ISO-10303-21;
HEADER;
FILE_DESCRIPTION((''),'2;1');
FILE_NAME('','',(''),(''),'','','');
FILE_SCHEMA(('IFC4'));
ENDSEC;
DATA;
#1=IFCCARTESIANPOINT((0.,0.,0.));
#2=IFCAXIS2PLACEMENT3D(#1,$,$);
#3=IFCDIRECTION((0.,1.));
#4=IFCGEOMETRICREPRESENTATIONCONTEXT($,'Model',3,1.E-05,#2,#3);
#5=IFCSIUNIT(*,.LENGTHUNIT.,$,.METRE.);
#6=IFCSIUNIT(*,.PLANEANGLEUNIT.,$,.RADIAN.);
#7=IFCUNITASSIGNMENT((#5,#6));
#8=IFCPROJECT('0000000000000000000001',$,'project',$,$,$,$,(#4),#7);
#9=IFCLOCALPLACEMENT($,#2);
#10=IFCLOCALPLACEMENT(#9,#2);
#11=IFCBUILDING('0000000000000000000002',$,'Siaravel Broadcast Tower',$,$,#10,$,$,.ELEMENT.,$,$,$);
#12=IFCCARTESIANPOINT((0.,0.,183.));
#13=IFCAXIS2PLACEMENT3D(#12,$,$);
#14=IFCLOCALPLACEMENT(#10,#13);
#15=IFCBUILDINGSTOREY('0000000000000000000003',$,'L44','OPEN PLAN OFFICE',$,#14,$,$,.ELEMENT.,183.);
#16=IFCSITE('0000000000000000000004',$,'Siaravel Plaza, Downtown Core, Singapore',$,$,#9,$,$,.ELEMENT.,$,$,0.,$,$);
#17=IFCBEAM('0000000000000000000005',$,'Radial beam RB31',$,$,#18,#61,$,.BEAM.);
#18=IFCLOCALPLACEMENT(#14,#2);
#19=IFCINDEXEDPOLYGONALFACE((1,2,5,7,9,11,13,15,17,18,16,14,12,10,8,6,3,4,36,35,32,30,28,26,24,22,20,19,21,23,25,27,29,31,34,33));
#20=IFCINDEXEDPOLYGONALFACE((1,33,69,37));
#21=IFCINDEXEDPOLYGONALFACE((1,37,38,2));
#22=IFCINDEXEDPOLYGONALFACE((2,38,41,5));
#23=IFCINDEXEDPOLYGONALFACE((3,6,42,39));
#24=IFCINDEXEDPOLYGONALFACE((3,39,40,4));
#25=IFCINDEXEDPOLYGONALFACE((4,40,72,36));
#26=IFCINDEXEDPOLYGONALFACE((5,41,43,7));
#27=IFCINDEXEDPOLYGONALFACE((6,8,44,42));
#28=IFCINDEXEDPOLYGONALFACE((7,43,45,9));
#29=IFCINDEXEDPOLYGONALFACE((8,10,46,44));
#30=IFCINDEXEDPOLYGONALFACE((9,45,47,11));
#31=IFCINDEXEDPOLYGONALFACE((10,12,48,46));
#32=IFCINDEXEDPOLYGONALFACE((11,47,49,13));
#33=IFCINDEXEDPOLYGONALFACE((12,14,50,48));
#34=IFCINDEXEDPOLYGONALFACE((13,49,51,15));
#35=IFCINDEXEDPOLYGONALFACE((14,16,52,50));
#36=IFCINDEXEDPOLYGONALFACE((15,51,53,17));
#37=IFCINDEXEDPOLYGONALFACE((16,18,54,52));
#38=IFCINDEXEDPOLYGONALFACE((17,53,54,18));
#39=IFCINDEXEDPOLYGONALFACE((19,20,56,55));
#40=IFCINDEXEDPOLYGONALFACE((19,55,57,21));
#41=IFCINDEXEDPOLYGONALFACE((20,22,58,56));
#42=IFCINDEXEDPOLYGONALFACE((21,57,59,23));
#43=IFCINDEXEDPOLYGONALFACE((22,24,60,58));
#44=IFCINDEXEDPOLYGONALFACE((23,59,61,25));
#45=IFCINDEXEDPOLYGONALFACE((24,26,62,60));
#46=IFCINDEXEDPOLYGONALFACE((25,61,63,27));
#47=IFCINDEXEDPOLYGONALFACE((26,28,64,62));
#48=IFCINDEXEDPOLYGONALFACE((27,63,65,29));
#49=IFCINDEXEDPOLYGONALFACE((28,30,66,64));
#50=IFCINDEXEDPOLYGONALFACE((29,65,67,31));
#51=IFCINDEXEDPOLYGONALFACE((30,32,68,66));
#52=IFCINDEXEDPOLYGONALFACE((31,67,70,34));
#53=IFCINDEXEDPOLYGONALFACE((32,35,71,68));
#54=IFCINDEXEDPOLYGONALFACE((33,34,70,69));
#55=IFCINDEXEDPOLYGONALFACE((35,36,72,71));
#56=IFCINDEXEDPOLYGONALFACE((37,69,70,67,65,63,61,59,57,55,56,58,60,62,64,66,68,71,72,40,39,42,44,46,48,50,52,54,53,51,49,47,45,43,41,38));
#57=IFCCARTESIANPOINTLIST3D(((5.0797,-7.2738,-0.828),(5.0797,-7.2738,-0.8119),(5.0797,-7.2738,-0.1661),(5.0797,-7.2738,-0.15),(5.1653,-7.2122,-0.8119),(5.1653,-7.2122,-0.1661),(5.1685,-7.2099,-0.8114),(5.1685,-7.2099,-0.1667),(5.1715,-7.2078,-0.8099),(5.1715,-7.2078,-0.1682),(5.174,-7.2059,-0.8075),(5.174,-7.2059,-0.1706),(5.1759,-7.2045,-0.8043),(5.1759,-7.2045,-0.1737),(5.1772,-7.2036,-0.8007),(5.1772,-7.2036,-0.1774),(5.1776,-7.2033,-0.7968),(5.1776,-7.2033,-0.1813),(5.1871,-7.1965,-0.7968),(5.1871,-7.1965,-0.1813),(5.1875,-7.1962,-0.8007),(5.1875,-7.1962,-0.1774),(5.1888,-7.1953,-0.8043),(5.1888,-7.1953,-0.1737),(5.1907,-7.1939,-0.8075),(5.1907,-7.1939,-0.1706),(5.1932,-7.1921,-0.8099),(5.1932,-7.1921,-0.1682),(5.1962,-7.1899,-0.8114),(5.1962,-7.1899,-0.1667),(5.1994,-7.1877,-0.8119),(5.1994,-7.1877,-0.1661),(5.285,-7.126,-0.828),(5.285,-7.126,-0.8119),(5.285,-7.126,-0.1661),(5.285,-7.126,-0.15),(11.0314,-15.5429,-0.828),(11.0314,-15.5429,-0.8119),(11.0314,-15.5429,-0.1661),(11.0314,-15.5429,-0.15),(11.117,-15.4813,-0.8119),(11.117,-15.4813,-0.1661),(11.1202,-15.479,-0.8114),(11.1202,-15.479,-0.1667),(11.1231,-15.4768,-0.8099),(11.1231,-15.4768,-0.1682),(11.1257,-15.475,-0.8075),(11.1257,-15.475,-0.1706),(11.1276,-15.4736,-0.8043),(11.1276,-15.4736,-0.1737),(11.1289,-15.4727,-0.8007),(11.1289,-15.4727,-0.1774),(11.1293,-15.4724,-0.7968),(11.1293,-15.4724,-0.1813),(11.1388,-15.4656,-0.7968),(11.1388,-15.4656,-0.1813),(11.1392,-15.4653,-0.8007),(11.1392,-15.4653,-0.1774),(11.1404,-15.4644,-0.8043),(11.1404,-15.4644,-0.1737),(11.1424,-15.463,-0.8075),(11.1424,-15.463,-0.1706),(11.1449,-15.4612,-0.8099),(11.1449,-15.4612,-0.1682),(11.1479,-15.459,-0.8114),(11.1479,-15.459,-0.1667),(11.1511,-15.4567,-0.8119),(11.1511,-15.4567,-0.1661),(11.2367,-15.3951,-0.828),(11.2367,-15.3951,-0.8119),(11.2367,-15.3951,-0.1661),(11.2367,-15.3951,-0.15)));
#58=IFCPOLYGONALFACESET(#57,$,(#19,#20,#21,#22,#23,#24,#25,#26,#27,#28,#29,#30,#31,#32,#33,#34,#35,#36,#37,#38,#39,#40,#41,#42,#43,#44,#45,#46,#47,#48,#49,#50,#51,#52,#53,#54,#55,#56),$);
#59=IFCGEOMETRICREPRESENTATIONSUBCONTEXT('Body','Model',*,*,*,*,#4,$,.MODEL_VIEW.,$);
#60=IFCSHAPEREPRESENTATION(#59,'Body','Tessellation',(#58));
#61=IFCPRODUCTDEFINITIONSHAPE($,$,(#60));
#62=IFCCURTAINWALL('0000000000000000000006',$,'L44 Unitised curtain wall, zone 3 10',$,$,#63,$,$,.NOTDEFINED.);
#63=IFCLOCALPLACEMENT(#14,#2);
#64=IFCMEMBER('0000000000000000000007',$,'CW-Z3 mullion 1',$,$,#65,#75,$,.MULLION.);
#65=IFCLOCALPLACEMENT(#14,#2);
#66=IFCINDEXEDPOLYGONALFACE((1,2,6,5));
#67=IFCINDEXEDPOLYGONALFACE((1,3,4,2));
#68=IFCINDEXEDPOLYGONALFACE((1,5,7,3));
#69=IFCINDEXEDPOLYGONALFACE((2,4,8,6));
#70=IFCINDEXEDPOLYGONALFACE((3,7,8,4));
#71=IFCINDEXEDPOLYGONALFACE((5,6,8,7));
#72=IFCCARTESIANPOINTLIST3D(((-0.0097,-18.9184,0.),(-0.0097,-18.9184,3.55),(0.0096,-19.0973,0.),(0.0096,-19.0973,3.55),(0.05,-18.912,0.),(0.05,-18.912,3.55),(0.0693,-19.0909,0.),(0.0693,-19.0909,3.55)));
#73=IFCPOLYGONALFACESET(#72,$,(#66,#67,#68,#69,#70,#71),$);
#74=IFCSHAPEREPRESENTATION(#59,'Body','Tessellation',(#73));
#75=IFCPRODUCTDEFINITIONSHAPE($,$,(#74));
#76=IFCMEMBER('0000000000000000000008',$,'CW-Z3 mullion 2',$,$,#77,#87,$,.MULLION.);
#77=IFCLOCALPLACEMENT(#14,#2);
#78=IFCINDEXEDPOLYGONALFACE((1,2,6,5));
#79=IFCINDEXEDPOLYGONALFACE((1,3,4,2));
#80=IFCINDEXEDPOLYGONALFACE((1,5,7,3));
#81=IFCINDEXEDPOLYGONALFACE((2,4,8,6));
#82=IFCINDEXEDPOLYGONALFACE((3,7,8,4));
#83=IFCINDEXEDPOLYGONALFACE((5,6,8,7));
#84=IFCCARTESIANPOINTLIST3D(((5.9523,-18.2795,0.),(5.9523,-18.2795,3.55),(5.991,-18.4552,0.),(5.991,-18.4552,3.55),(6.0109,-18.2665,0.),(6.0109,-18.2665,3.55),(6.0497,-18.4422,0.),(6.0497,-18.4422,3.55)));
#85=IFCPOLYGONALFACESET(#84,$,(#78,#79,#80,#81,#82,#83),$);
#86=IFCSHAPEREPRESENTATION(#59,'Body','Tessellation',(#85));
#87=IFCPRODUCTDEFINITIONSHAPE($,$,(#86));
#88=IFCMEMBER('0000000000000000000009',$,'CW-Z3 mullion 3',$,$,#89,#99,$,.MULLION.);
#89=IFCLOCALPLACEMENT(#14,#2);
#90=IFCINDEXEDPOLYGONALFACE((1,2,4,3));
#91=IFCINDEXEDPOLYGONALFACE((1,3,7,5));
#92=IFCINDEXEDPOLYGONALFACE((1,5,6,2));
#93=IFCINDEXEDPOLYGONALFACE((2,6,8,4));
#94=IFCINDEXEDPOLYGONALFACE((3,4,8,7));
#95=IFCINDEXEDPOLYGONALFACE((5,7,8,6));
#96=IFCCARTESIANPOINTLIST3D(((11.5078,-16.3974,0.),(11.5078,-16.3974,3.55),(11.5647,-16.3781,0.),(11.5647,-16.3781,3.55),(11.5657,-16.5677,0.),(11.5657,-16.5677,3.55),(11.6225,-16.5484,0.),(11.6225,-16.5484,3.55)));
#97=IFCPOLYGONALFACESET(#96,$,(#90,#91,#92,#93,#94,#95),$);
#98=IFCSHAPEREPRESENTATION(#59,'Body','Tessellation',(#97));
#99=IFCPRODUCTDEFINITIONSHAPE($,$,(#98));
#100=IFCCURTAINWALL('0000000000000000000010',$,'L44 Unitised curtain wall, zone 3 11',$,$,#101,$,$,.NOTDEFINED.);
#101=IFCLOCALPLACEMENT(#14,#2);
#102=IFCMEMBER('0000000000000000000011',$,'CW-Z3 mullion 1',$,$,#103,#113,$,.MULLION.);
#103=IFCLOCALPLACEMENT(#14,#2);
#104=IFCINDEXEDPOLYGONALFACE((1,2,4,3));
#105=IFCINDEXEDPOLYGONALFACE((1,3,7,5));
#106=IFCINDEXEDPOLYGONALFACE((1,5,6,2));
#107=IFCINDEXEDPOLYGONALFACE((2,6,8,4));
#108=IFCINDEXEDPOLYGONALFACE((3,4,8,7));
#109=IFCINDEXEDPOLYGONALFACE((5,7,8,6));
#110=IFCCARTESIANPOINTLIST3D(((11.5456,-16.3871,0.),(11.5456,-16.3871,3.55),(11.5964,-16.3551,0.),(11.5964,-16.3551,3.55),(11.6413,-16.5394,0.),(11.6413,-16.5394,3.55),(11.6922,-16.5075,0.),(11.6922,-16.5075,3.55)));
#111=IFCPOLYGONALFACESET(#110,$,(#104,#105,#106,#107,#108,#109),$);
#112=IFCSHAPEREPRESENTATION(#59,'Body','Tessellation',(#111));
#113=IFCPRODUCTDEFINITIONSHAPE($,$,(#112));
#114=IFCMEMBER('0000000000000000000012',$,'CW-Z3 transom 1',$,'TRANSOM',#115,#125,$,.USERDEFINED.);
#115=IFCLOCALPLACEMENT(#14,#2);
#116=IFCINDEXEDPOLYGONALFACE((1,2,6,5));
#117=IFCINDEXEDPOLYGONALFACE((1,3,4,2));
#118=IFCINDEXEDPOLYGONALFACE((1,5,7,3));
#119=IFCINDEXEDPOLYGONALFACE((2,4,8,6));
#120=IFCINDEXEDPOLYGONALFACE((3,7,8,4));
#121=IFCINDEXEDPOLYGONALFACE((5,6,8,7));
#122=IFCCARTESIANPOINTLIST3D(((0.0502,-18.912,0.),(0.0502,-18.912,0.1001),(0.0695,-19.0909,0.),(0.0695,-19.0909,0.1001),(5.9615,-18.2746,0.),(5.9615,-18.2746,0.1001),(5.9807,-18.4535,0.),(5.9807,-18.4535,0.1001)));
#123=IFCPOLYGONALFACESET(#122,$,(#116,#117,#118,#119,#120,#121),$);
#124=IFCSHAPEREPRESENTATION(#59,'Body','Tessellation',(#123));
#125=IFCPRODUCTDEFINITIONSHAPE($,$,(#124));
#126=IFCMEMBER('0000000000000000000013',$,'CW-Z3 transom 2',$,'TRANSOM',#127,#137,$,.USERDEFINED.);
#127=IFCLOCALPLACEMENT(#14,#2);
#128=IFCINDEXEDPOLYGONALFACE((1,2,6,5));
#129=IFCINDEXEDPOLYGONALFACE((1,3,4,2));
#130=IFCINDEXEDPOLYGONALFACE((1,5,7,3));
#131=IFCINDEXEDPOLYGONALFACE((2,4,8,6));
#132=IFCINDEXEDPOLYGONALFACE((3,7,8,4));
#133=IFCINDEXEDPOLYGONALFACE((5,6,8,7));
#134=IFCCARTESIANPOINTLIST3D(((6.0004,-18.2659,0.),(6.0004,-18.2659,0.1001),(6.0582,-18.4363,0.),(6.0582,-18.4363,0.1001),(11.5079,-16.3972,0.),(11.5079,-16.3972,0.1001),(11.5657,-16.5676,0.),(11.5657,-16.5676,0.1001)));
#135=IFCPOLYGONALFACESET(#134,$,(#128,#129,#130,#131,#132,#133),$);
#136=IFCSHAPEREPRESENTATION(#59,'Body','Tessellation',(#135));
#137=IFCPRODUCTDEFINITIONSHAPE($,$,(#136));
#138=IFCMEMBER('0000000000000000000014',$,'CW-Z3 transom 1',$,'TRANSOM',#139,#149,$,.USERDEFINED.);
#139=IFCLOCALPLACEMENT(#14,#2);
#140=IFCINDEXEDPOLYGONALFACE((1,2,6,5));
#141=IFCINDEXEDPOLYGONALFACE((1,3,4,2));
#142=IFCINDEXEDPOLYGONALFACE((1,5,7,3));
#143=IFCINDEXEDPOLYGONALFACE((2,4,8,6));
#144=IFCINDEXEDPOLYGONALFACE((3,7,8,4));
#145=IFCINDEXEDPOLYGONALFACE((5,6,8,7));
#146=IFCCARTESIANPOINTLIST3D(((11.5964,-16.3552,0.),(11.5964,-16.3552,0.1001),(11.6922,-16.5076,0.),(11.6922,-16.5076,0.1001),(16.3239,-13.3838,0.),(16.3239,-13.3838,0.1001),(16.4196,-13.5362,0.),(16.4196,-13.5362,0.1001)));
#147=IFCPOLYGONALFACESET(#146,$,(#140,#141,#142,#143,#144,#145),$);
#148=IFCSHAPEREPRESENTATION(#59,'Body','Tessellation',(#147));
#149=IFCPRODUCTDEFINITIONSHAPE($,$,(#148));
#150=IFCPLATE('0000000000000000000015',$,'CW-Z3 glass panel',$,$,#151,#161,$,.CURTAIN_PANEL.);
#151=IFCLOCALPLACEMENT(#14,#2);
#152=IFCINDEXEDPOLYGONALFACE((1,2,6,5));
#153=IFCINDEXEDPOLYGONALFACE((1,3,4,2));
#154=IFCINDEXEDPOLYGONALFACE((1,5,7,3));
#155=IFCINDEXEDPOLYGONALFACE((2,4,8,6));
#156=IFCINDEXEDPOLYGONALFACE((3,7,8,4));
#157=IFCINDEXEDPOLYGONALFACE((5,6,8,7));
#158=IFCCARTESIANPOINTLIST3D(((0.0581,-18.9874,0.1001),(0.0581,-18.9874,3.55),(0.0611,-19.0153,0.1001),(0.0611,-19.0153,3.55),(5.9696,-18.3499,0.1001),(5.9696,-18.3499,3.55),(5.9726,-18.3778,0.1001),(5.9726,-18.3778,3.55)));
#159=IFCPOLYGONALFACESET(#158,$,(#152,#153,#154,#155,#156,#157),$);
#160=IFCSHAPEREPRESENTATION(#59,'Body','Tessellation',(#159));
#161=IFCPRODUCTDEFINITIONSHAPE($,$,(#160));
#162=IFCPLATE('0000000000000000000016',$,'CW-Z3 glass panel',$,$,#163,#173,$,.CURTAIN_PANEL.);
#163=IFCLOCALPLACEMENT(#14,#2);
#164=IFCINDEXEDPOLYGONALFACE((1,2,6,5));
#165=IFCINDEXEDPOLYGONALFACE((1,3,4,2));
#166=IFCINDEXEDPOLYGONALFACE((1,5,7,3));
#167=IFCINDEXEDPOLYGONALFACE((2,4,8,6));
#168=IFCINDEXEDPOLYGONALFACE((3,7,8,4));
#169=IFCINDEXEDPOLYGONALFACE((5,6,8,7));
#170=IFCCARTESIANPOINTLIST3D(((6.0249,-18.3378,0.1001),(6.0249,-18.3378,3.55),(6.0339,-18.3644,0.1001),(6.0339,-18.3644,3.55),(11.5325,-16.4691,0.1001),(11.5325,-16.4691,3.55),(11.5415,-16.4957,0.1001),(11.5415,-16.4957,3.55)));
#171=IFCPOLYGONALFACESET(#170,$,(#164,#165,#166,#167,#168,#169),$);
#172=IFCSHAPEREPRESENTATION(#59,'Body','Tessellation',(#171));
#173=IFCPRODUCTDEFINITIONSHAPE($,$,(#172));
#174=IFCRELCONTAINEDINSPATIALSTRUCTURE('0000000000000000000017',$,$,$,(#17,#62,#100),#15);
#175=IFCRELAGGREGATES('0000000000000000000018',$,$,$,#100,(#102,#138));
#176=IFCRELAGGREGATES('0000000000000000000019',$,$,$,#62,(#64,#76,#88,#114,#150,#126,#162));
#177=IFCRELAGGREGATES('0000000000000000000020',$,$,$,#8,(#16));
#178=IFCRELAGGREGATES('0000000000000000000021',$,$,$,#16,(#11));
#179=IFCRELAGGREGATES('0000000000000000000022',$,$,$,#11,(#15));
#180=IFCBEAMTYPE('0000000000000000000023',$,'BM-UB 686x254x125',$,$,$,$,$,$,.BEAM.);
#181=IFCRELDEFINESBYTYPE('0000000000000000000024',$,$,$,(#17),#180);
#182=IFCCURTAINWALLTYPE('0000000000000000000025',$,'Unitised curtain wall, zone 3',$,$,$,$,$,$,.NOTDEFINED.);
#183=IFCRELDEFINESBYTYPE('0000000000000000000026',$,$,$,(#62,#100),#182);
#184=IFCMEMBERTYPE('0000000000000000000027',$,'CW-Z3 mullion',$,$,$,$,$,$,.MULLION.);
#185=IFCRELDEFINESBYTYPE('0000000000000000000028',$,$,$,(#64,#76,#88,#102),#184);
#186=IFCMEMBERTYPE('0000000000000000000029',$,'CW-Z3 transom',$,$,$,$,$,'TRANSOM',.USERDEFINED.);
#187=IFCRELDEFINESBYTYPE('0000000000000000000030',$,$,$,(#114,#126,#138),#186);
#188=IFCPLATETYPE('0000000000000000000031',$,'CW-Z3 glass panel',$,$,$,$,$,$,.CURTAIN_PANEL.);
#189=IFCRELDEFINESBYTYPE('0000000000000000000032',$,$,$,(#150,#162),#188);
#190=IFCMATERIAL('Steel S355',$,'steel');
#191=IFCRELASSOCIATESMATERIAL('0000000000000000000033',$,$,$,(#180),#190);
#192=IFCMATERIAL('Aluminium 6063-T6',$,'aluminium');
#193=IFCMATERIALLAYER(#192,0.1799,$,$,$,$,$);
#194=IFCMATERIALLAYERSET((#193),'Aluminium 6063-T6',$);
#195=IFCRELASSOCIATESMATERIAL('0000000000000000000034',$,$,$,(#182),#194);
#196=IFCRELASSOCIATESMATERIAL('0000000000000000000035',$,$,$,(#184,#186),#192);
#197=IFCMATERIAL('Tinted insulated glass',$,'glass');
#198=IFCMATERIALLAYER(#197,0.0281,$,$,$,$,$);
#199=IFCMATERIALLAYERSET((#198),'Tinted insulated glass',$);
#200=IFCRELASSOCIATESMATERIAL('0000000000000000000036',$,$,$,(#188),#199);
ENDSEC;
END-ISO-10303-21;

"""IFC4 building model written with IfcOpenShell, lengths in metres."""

from ifc_helpers import new_model, si_unit, direction, frame, origin, origin_2d, place, context, subcontext, project, spatial, rectangle, i_section, extrude, material, layer, layer_set, material_profile, profile_set, type_object, element, aggregate, save


model = new_model("IFC4")

# Units and contexts
model_context = context("Model", 3, precision=1e-05, world=origin(), true_north=direction((0.0, 1.0)))
body_context = subcontext(model_context, "Body", "Model", "MODEL_VIEW")
ifc_project = project(units=[si_unit("LENGTHUNIT", "METRE"), si_unit("PLANEANGLEUNIT", "RADIAN")], contexts=[model_context])

# Site, building, storey
site_placement = place(None, origin())
site = spatial("IfcSite", under=ifc_project, at=site_placement, Name="Siaravel Plaza, Downtown Core, Singapore", CompositionType="ELEMENT", RefElevation=0.0)
building_placement = place(site_placement, origin())
building = spatial("IfcBuilding", under=site, at=building_placement, Name="Siaravel Broadcast Tower", CompositionType="ELEMENT")
storey_placement = place(building_placement, frame((0.0, 0.0, 183.0)))
storey = spatial("IfcBuildingStorey", under=building, at=storey_placement, Name="L44", Description="OPEN PLAN OFFICE", CompositionType="ELEMENT", Elevation=183.0)

# Beam
ifc_material_1 = material(Name="Steel S355", Category="steel")
ifc_material_profile_1 = material_profile(ifc_material_1, i_section(OverallWidth=0.2529, OverallDepth=0.678, WebThickness=0.0117, FlangeThickness=0.0161, FilletRadius=0.0151, at=origin_2d()))
ifc_profile_set_1 = profile_set([ifc_material_profile_1], Name="Steel S355")
beam_type = type_object("IfcBeamType", Name="BM-UB 686x254x125", PredefinedType="BEAM", material=ifc_profile_set_1)
beam_1_placement = place(storey_placement, frame((11.134, -15.469, -0.489), z_axis=(-0.584172, 0.81163, 0.0), x_axis=(-0.81163, -0.584172, 0.0)))
element("IfcBeam", 1, at=beam_1_placement, inside=storey, type_object=beam_type, Name="Radial beam RB31", PredefinedType="BEAM", context=body_context, shape_type="SweptSolid", body=[
    extrude(i_section(OverallWidth=0.2529, OverallDepth=0.678, WebThickness=0.0117, FlangeThickness=0.0161, FilletRadius=0.0151, at=origin_2d()), origin(), (0.0, 0.0, 1.0), 10.1882),
])

# Curtain wall, members
ifc_material_2 = material(Name="Aluminium 6063-T6", Category="aluminium")
ifc_layer_1 = layer(ifc_material_2, 0.1799)
ifc_layer_set_1 = layer_set([ifc_layer_1], Name="Aluminium 6063-T6")
curtain_wall_type = type_object("IfcCurtainWallType", Name="Unitised curtain wall, zone 3", PredefinedType="NOTDEFINED", material=ifc_layer_set_1)
curtain_wall_1_placement = place(storey_placement, origin())
curtain_wall_1 = element("IfcCurtainWall", 2, at=curtain_wall_1_placement, inside=storey, type_object=curtain_wall_type, Name="L44 Unitised curtain wall, zone 3 10", PredefinedType="NOTDEFINED")
ifc_material_profile_2 = material_profile(ifc_material_2, rectangle(XDim=0.1799, YDim=0.0601, at=origin_2d()))
ifc_profile_set_2 = profile_set([ifc_material_profile_2], Name="Aluminium 6063-T6")
member_type_1 = type_object("IfcMemberType", Name="CW-Z3 mullion", PredefinedType="MULLION", material=ifc_profile_set_2)
member_1_placement = place(storey_placement, frame((0.0298, -19.0046, 0.0), z_axis=(0.0, 0.0, 1.0), x_axis=(-0.107217, 0.994236, 0.0)))
member_1 = element("IfcMember", 3, at=member_1_placement, type_object=member_type_1, Name="CW-Z3 mullion 1", PredefinedType="MULLION", context=body_context, shape_type="SweptSolid", body=[
    extrude(rectangle(XDim=0.1799, YDim=0.0601, at=origin_2d()), origin(), (0.0, 0.0, 1.0), 3.55),
])
member_2_placement = place(storey_placement, frame((6.001, -18.3608, 0.0), z_axis=(0.0, 0.0, 1.0), x_axis=(-0.215558, 0.976491, 0.0)))
member_2 = element("IfcMember", 4, at=member_2_placement, type_object=member_type_1, Name="CW-Z3 mullion 2", PredefinedType="MULLION", context=body_context, shape_type="SweptSolid", body=[
    extrude(rectangle(XDim=0.1799, YDim=0.0601, at=origin_2d()), origin(), (0.0, 0.0, 1.0), 3.55),
])
member_3_placement = place(storey_placement, frame((11.5652, -16.4729, 0.0), z_axis=(0.0, 0.0, 1.0), x_axis=(-0.3213, 0.946977, 0.0)))
member_3 = element("IfcMember", 5, at=member_3_placement, type_object=member_type_1, Name="CW-Z3 mullion 3", PredefinedType="MULLION", context=body_context, shape_type="SweptSolid", body=[
    extrude(rectangle(XDim=0.1799, YDim=0.0601, at=origin_2d()), origin(), (0.0, 0.0, 1.0), 3.55),
])

# Curtain wall, member
curtain_wall_2_placement = place(storey_placement, origin())
curtain_wall_2 = element("IfcCurtainWall", 6, at=curtain_wall_2_placement, inside=storey, type_object=curtain_wall_type, Name="L44 Unitised curtain wall, zone 3 11", PredefinedType="NOTDEFINED")
member_4_placement = place(storey_placement, frame((11.6189, -16.4473, 0.0), z_axis=(0.0, 0.0, 1.0), x_axis=(-0.532149, 0.846651, 0.0)))
member_4 = element("IfcMember", 7, at=member_4_placement, type_object=member_type_1, Name="CW-Z3 mullion 1", PredefinedType="MULLION", context=body_context, shape_type="SweptSolid", body=[
    extrude(rectangle(XDim=0.1799, YDim=0.0601, at=origin_2d()), origin(), (0.0, 0.0, 1.0), 3.55),
])

# Members
ifc_material_profile_3 = material_profile(ifc_material_2, rectangle(XDim=0.1799, YDim=0.1001, at=origin_2d()))
ifc_profile_set_3 = profile_set([ifc_material_profile_3], Name="Aluminium 6063-T6")
member_type_2 = type_object("IfcMemberType", Name="CW-Z3 transom", ElementType="TRANSOM", PredefinedType="USERDEFINED", material=ifc_profile_set_3)
member_5_placement = place(storey_placement, frame((0.0598, -19.0015, 0.05), z_axis=(0.994236, 0.107213, 0.0), x_axis=(-0.107213, 0.994236, 0.0)))
member_5 = element("IfcMember", 8, at=member_5_placement, type_object=member_type_2, Name="CW-Z3 transom 1", ObjectType="TRANSOM", PredefinedType="USERDEFINED", context=body_context, shape_type="SweptSolid", body=[
    extrude(rectangle(XDim=0.1799, YDim=0.1001, at=origin_2d()), origin(), (0.0, 0.0, 1.0), 5.9456),
])
member_6_placement = place(storey_placement, frame((6.0293, -18.3511, 0.05), z_axis=(0.946978, 0.321298, 0.0), x_axis=(-0.321298, 0.946978, 0.0)))
member_6 = element("IfcMember", 9, at=member_6_placement, type_object=member_type_2, Name="CW-Z3 transom 2", ObjectType="TRANSOM", PredefinedType="USERDEFINED", context=body_context, shape_type="SweptSolid", body=[
    extrude(rectangle(XDim=0.1799, YDim=0.1001, at=origin_2d()), origin(), (0.0, 0.0, 1.0), 5.8159),
])
member_7_placement = place(storey_placement, frame((11.6443, -16.4314, 0.05), z_axis=(0.846649, 0.532151, 0.0), x_axis=(-0.532151, 0.846649, 0.0)))
member_7 = element("IfcMember", 10, at=member_7_placement, type_object=member_type_2, Name="CW-Z3 transom 1", ObjectType="TRANSOM", PredefinedType="USERDEFINED", context=body_context, shape_type="SweptSolid", body=[
    extrude(rectangle(XDim=0.1799, YDim=0.1001, at=origin_2d()), origin(), (0.0, 0.0, 1.0), 5.5837),
])
aggregate(curtain_wall_2, [member_4, member_7])

# Plates
ifc_material_3 = material(Name="Tinted insulated glass", Category="glass")
ifc_layer_2 = layer(ifc_material_3, 0.0281)
ifc_layer_set_2 = layer_set([ifc_layer_2], Name="Tinted insulated glass")
plate_type = type_object("IfcPlateType", Name="CW-Z3 glass panel", PredefinedType="CURTAIN_PANEL", material=ifc_layer_set_2)
plate_1_placement = place(storey_placement, frame((3.0154, -18.6826, 0.1001), z_axis=(0.0, 0.0, 1.0), x_axis=(0.994236, 0.107217, 0.0)))
plate_1 = element("IfcPlate", 11, at=plate_1_placement, type_object=plate_type, Name="CW-Z3 glass panel", PredefinedType="CURTAIN_PANEL", context=body_context, shape_type="SweptSolid", body=[
    extrude(rectangle(XDim=5.9458, YDim=0.0281, at=origin_2d()), origin(), (0.0, 0.0, 1.0), 3.45),
])
plate_2_placement = place(storey_placement, frame((8.7832, -17.4167, 0.1001), z_axis=(0.0, 0.0, 1.0), x_axis=(0.946977, 0.3213, 0.0)))
plate_2 = element("IfcPlate", 12, at=plate_2_placement, type_object=plate_type, Name="CW-Z3 glass panel", PredefinedType="CURTAIN_PANEL", context=body_context, shape_type="SweptSolid", body=[
    extrude(rectangle(XDim=5.8159, YDim=0.0281, at=origin_2d()), origin(), (0.0, 0.0, 1.0), 3.45),
])
aggregate(curtain_wall_1, [member_1, member_2, member_3, member_5, plate_1, member_6, plate_2])

save(model, "model.ifc")
